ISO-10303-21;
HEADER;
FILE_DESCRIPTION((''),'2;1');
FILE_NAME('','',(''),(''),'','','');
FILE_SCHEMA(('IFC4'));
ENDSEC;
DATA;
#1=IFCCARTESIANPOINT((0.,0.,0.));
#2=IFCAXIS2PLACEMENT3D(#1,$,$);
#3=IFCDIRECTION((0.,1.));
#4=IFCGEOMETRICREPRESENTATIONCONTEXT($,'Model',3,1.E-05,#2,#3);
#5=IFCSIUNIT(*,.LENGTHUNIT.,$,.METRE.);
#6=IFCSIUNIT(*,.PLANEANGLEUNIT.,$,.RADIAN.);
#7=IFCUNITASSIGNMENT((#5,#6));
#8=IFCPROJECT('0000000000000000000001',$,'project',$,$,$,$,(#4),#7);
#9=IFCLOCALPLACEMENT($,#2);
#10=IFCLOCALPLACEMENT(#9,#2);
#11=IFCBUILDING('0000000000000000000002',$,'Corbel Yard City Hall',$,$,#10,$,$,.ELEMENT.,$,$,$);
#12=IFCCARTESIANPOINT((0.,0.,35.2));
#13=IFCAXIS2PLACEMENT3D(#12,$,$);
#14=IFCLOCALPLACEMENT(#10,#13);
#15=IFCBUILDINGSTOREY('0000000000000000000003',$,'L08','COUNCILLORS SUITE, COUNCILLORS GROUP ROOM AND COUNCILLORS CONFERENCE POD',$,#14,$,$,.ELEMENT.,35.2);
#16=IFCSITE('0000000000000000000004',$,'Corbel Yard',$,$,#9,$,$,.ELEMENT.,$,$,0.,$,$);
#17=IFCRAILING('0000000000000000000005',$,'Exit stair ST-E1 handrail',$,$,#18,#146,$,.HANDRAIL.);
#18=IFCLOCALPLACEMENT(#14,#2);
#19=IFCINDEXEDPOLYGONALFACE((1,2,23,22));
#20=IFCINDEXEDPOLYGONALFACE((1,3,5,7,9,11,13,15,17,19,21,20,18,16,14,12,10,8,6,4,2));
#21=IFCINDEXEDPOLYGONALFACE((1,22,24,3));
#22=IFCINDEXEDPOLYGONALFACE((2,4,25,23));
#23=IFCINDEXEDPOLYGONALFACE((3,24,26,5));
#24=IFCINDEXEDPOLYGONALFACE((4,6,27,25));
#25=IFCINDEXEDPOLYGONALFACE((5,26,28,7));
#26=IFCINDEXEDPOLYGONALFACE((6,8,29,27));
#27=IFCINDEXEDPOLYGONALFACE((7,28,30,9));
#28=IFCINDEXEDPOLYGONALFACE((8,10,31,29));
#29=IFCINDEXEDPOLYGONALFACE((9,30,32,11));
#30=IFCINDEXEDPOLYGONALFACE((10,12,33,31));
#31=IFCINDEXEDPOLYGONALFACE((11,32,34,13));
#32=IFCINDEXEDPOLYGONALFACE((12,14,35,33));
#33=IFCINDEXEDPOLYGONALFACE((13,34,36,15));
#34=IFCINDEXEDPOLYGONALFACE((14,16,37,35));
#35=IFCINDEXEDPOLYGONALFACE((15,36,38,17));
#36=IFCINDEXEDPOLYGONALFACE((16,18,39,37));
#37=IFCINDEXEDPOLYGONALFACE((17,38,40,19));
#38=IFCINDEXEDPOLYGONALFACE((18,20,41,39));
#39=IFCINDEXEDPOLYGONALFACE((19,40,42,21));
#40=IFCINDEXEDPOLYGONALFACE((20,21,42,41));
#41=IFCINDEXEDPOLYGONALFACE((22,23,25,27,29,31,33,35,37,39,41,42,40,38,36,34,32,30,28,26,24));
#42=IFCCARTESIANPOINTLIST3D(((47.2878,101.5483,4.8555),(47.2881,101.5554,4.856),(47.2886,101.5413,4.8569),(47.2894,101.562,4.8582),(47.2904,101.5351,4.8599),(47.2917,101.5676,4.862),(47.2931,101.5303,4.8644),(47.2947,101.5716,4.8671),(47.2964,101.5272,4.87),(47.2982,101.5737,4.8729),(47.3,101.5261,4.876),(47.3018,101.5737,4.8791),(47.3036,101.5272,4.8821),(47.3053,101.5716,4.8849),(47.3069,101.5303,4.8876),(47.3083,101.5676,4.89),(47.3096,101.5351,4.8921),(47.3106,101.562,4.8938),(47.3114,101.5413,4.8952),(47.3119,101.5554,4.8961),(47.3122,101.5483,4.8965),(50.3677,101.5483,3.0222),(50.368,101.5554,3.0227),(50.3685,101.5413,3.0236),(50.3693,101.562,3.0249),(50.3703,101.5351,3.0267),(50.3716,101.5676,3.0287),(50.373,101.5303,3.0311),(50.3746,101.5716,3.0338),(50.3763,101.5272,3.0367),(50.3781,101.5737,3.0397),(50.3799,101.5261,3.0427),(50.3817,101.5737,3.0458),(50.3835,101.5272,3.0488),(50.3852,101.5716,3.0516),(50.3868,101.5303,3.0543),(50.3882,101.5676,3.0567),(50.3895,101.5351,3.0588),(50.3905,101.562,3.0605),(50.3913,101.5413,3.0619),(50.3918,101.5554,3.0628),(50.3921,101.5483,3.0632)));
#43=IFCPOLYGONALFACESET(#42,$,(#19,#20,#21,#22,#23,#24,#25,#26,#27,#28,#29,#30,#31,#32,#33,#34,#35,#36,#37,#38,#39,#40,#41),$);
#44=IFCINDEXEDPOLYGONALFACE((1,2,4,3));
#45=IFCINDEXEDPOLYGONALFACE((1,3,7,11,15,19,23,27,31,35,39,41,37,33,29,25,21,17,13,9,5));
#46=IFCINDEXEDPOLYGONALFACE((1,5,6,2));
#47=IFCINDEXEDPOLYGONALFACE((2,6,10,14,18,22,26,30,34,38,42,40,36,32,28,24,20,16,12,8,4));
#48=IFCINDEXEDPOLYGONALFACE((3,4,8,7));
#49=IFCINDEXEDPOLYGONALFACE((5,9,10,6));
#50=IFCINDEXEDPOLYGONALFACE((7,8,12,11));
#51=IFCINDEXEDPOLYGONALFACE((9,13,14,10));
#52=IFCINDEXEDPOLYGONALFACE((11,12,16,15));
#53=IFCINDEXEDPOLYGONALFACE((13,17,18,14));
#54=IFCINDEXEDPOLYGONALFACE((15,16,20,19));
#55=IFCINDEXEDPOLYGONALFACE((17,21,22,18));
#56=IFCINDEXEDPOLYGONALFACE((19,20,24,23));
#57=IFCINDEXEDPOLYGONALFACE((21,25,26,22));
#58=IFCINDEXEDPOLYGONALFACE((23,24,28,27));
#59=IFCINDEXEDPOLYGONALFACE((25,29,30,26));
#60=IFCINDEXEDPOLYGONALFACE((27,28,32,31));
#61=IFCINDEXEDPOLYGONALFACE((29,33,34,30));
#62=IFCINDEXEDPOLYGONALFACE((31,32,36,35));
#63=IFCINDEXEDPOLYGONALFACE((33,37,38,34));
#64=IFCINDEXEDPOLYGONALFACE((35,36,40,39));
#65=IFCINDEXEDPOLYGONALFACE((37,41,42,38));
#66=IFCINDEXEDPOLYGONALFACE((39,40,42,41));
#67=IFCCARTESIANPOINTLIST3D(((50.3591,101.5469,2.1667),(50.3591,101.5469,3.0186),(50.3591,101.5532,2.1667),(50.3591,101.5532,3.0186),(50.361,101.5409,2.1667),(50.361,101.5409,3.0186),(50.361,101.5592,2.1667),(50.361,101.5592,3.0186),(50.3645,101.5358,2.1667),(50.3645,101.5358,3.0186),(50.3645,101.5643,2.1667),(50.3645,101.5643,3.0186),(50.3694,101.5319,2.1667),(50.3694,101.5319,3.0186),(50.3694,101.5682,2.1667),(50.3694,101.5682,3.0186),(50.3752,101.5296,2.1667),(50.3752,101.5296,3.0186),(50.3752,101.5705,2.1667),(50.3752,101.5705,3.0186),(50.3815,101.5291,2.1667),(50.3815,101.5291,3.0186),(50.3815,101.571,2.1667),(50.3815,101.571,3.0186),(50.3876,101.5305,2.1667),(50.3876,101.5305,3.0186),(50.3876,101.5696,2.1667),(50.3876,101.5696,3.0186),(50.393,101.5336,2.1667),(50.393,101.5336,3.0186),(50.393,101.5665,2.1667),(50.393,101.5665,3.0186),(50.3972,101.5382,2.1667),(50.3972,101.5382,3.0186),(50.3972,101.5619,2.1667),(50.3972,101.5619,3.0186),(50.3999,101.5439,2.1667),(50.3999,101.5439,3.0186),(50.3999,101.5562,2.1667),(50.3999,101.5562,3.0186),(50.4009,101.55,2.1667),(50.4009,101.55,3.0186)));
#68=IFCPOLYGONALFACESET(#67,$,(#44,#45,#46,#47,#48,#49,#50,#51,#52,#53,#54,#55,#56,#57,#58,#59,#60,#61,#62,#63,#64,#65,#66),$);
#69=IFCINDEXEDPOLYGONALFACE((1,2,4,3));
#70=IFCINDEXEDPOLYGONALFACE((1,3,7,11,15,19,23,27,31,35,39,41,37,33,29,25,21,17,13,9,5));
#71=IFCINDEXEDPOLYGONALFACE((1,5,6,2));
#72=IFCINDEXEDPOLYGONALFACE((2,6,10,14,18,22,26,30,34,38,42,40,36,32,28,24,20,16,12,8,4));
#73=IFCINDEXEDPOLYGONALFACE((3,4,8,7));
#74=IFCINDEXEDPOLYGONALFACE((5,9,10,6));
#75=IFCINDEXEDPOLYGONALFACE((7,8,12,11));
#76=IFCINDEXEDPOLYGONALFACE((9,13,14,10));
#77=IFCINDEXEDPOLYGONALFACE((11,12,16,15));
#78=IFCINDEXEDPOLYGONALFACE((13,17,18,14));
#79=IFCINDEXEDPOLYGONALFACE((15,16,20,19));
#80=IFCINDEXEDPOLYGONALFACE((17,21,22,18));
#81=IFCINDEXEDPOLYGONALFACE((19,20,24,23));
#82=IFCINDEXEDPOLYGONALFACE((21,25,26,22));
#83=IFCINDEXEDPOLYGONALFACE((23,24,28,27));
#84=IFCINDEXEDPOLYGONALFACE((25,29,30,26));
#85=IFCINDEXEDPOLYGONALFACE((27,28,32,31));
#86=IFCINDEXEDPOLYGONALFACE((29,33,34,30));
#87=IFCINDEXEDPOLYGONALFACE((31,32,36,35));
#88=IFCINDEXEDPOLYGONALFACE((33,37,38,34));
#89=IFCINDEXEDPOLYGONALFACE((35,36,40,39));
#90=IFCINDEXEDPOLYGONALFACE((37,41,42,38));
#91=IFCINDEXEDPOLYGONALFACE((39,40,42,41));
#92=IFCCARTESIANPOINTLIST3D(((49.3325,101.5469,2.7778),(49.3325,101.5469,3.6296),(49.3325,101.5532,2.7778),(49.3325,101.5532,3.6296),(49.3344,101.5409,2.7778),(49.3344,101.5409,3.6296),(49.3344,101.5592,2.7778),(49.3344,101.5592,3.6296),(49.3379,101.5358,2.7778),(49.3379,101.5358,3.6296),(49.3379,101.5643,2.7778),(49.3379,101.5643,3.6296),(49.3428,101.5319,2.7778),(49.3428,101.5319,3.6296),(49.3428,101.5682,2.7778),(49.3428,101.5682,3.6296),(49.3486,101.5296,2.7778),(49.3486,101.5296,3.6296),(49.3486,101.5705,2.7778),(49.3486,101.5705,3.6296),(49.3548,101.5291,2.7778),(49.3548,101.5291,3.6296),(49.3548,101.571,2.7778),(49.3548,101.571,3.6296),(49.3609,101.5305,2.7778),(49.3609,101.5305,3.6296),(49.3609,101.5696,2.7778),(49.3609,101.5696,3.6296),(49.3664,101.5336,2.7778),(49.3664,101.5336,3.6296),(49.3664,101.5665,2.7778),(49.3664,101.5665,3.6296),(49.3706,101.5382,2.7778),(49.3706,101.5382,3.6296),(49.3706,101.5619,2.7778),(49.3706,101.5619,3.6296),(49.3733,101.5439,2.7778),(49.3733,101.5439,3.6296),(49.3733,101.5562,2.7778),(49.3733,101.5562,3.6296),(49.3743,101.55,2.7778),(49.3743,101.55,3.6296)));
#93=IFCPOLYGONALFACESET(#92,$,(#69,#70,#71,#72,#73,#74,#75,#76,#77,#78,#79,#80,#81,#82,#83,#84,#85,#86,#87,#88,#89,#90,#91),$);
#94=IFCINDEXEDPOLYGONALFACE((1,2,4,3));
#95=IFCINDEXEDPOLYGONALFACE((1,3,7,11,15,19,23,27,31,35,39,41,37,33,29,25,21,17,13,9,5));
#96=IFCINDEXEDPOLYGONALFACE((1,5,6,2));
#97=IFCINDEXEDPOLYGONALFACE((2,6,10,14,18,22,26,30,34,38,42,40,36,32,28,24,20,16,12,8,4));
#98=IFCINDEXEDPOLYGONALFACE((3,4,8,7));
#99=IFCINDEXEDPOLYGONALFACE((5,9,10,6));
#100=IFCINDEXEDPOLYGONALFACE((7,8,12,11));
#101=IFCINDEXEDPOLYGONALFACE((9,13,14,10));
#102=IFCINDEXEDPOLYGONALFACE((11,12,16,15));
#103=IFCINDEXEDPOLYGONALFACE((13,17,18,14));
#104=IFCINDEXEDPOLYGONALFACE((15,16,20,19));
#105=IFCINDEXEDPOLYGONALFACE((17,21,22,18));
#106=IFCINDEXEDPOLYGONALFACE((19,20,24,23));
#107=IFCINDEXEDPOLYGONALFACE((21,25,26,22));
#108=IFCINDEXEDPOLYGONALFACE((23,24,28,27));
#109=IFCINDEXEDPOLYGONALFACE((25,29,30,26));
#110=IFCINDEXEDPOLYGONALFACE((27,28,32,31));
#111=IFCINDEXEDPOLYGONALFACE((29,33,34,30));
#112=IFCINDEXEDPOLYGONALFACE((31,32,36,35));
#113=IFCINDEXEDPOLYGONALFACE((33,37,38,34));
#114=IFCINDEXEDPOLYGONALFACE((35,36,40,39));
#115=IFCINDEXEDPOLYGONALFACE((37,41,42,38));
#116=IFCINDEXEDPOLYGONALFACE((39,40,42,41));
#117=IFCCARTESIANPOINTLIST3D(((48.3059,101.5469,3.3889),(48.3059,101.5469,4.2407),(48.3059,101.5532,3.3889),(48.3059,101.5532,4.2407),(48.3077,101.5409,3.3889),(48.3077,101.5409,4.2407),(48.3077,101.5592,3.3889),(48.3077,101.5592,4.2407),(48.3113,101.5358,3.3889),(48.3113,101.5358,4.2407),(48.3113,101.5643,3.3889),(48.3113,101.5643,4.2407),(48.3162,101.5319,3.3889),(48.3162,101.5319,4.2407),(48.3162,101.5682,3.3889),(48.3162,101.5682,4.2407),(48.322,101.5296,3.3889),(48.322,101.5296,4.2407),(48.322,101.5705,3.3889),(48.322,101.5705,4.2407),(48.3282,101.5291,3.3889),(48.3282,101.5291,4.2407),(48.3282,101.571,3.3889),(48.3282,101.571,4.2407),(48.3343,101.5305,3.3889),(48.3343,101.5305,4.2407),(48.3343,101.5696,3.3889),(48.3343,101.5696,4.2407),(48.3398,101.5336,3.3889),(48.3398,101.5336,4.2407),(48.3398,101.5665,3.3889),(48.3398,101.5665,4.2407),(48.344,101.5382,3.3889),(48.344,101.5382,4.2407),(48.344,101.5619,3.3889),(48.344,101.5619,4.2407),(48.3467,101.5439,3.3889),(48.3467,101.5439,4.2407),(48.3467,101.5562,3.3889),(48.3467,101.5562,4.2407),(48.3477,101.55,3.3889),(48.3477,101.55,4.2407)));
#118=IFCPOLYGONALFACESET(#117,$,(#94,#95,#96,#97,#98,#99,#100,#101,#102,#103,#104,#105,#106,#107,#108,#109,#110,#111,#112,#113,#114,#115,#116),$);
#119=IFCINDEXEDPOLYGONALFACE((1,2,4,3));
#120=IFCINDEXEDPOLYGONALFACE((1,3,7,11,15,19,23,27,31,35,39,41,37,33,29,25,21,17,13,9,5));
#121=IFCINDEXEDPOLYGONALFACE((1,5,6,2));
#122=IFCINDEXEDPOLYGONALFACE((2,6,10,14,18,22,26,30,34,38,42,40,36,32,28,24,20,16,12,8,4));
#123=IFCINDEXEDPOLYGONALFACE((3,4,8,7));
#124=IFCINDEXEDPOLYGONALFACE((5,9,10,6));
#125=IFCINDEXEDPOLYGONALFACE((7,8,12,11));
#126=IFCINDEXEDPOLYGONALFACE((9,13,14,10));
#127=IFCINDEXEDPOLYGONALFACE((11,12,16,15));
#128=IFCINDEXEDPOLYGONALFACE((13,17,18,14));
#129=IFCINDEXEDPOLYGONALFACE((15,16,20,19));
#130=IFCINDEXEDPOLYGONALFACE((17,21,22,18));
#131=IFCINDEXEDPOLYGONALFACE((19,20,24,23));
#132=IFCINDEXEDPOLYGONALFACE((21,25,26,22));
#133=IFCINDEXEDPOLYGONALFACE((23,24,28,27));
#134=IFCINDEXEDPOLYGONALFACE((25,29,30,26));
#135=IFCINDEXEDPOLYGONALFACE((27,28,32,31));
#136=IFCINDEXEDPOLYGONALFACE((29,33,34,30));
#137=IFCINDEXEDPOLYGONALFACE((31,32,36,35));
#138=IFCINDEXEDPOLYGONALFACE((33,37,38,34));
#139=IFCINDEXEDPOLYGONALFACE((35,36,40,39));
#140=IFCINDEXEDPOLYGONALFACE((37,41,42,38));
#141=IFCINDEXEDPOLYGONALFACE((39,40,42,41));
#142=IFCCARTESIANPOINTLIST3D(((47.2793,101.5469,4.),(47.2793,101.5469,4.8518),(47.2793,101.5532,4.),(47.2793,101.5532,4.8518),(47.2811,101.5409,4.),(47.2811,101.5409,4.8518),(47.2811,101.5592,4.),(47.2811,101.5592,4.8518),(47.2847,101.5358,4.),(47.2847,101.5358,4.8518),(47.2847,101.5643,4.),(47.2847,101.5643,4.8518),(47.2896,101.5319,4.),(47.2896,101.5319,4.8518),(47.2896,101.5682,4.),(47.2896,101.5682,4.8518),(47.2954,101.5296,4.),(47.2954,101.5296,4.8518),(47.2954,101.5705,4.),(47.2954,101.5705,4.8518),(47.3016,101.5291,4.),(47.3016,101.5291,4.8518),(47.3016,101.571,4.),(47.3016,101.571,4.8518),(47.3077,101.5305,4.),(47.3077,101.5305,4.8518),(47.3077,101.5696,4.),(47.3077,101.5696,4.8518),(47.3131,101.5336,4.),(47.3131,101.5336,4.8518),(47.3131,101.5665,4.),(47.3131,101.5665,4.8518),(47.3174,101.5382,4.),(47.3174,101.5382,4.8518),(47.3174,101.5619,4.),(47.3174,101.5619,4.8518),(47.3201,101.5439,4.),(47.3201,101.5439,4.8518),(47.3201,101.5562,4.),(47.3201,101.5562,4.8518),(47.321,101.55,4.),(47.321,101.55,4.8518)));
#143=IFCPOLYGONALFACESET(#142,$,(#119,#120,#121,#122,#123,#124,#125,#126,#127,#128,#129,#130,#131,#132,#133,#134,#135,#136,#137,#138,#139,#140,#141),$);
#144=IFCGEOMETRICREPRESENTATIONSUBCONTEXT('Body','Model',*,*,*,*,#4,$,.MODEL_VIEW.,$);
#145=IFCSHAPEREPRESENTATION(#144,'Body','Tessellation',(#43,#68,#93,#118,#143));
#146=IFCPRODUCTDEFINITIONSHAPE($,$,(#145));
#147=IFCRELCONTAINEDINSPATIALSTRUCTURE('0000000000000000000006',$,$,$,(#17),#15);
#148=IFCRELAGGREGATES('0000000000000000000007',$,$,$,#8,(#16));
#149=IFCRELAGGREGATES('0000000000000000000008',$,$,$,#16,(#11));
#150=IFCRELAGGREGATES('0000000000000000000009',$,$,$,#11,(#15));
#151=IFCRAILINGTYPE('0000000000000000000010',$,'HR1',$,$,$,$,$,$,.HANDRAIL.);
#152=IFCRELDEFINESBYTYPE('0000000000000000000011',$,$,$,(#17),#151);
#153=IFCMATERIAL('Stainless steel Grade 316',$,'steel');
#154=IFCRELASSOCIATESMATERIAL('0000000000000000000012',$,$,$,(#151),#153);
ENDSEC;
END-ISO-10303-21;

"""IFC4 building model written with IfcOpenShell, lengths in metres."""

from ifc_helpers import new_model, si_unit, direction, frame, origin, origin_2d, place, context, subcontext, project, spatial, circle, extrude, material, type_object, element, save


model = new_model("IFC4")

# Units and contexts
model_context = context("Model", 3, precision=1e-05, world=origin(), true_north=direction((0.0, 1.0)))
body_context = subcontext(model_context, "Body", "Model", "MODEL_VIEW")
ifc_project = project(units=[si_unit("LENGTHUNIT", "METRE"), si_unit("PLANEANGLEUNIT", "RADIAN")], contexts=[model_context])

# Site, building, storey
site_placement = place(None, origin())
site = spatial("IfcSite", under=ifc_project, at=site_placement, Name="Corbel Yard", CompositionType="ELEMENT", RefElevation=0.0)
building_placement = place(site_placement, origin())
building = spatial("IfcBuilding", under=site, at=building_placement, Name="Corbel Yard City Hall", CompositionType="ELEMENT")
storey_placement = place(building_placement, frame((0.0, 0.0, 35.2)))
storey = spatial("IfcBuildingStorey", under=building, at=storey_placement, Name="L08", Description="COUNCILLORS SUITE, COUNCILLORS GROUP ROOM AND COUNCILLORS CONFERENCE POD", CompositionType="ELEMENT", Elevation=35.2)

# Shared definitions
ifc_material_1 = material(Name="Stainless steel Grade 316", Category="steel")

# Railing
railing_type = type_object("IfcRailingType", Name="HR1", PredefinedType="HANDRAIL", material=ifc_material_1)
for number, where, name in (
    (1, (50.3799, 101.55, 2.1667), "Exit stair ST-E1 handrail"),
):
    element("IfcRailing", number, at=place(storey_placement, frame(where)), inside=storey, type_object=railing_type, Name=name, PredefinedType="HANDRAIL", context=body_context, shape_type="SweptSolid", body=[
        extrude(circle(Radius=0.0239, at=origin_2d()), frame((0.0, 0.0, 0.876), z_axis=(-0.859291, 0.0, 0.511487), x_axis=(0.0, -1.0, 0.0)), (0.0, 0.0, 1.0), 3.5842),
        extrude(circle(Radius=0.021, at=origin_2d()), origin(), (0.0, 0.0, 1.0), 0.8518),
        extrude(circle(Radius=0.021, at=origin_2d()), frame((-1.0266, 0.0, 0.6111)), (0.0, 0.0, 1.0), 0.8518),
        extrude(circle(Radius=0.021, at=origin_2d()), frame((-2.0532, 0.0, 1.2222)), (0.0, 0.0, 1.0), 0.8518),
        extrude(circle(Radius=0.021, at=origin_2d()), frame((-3.0798, 0.0, 1.8333)), (0.0, 0.0, 1.0), 0.8518),
    ])

save(model, "model.ifc")
